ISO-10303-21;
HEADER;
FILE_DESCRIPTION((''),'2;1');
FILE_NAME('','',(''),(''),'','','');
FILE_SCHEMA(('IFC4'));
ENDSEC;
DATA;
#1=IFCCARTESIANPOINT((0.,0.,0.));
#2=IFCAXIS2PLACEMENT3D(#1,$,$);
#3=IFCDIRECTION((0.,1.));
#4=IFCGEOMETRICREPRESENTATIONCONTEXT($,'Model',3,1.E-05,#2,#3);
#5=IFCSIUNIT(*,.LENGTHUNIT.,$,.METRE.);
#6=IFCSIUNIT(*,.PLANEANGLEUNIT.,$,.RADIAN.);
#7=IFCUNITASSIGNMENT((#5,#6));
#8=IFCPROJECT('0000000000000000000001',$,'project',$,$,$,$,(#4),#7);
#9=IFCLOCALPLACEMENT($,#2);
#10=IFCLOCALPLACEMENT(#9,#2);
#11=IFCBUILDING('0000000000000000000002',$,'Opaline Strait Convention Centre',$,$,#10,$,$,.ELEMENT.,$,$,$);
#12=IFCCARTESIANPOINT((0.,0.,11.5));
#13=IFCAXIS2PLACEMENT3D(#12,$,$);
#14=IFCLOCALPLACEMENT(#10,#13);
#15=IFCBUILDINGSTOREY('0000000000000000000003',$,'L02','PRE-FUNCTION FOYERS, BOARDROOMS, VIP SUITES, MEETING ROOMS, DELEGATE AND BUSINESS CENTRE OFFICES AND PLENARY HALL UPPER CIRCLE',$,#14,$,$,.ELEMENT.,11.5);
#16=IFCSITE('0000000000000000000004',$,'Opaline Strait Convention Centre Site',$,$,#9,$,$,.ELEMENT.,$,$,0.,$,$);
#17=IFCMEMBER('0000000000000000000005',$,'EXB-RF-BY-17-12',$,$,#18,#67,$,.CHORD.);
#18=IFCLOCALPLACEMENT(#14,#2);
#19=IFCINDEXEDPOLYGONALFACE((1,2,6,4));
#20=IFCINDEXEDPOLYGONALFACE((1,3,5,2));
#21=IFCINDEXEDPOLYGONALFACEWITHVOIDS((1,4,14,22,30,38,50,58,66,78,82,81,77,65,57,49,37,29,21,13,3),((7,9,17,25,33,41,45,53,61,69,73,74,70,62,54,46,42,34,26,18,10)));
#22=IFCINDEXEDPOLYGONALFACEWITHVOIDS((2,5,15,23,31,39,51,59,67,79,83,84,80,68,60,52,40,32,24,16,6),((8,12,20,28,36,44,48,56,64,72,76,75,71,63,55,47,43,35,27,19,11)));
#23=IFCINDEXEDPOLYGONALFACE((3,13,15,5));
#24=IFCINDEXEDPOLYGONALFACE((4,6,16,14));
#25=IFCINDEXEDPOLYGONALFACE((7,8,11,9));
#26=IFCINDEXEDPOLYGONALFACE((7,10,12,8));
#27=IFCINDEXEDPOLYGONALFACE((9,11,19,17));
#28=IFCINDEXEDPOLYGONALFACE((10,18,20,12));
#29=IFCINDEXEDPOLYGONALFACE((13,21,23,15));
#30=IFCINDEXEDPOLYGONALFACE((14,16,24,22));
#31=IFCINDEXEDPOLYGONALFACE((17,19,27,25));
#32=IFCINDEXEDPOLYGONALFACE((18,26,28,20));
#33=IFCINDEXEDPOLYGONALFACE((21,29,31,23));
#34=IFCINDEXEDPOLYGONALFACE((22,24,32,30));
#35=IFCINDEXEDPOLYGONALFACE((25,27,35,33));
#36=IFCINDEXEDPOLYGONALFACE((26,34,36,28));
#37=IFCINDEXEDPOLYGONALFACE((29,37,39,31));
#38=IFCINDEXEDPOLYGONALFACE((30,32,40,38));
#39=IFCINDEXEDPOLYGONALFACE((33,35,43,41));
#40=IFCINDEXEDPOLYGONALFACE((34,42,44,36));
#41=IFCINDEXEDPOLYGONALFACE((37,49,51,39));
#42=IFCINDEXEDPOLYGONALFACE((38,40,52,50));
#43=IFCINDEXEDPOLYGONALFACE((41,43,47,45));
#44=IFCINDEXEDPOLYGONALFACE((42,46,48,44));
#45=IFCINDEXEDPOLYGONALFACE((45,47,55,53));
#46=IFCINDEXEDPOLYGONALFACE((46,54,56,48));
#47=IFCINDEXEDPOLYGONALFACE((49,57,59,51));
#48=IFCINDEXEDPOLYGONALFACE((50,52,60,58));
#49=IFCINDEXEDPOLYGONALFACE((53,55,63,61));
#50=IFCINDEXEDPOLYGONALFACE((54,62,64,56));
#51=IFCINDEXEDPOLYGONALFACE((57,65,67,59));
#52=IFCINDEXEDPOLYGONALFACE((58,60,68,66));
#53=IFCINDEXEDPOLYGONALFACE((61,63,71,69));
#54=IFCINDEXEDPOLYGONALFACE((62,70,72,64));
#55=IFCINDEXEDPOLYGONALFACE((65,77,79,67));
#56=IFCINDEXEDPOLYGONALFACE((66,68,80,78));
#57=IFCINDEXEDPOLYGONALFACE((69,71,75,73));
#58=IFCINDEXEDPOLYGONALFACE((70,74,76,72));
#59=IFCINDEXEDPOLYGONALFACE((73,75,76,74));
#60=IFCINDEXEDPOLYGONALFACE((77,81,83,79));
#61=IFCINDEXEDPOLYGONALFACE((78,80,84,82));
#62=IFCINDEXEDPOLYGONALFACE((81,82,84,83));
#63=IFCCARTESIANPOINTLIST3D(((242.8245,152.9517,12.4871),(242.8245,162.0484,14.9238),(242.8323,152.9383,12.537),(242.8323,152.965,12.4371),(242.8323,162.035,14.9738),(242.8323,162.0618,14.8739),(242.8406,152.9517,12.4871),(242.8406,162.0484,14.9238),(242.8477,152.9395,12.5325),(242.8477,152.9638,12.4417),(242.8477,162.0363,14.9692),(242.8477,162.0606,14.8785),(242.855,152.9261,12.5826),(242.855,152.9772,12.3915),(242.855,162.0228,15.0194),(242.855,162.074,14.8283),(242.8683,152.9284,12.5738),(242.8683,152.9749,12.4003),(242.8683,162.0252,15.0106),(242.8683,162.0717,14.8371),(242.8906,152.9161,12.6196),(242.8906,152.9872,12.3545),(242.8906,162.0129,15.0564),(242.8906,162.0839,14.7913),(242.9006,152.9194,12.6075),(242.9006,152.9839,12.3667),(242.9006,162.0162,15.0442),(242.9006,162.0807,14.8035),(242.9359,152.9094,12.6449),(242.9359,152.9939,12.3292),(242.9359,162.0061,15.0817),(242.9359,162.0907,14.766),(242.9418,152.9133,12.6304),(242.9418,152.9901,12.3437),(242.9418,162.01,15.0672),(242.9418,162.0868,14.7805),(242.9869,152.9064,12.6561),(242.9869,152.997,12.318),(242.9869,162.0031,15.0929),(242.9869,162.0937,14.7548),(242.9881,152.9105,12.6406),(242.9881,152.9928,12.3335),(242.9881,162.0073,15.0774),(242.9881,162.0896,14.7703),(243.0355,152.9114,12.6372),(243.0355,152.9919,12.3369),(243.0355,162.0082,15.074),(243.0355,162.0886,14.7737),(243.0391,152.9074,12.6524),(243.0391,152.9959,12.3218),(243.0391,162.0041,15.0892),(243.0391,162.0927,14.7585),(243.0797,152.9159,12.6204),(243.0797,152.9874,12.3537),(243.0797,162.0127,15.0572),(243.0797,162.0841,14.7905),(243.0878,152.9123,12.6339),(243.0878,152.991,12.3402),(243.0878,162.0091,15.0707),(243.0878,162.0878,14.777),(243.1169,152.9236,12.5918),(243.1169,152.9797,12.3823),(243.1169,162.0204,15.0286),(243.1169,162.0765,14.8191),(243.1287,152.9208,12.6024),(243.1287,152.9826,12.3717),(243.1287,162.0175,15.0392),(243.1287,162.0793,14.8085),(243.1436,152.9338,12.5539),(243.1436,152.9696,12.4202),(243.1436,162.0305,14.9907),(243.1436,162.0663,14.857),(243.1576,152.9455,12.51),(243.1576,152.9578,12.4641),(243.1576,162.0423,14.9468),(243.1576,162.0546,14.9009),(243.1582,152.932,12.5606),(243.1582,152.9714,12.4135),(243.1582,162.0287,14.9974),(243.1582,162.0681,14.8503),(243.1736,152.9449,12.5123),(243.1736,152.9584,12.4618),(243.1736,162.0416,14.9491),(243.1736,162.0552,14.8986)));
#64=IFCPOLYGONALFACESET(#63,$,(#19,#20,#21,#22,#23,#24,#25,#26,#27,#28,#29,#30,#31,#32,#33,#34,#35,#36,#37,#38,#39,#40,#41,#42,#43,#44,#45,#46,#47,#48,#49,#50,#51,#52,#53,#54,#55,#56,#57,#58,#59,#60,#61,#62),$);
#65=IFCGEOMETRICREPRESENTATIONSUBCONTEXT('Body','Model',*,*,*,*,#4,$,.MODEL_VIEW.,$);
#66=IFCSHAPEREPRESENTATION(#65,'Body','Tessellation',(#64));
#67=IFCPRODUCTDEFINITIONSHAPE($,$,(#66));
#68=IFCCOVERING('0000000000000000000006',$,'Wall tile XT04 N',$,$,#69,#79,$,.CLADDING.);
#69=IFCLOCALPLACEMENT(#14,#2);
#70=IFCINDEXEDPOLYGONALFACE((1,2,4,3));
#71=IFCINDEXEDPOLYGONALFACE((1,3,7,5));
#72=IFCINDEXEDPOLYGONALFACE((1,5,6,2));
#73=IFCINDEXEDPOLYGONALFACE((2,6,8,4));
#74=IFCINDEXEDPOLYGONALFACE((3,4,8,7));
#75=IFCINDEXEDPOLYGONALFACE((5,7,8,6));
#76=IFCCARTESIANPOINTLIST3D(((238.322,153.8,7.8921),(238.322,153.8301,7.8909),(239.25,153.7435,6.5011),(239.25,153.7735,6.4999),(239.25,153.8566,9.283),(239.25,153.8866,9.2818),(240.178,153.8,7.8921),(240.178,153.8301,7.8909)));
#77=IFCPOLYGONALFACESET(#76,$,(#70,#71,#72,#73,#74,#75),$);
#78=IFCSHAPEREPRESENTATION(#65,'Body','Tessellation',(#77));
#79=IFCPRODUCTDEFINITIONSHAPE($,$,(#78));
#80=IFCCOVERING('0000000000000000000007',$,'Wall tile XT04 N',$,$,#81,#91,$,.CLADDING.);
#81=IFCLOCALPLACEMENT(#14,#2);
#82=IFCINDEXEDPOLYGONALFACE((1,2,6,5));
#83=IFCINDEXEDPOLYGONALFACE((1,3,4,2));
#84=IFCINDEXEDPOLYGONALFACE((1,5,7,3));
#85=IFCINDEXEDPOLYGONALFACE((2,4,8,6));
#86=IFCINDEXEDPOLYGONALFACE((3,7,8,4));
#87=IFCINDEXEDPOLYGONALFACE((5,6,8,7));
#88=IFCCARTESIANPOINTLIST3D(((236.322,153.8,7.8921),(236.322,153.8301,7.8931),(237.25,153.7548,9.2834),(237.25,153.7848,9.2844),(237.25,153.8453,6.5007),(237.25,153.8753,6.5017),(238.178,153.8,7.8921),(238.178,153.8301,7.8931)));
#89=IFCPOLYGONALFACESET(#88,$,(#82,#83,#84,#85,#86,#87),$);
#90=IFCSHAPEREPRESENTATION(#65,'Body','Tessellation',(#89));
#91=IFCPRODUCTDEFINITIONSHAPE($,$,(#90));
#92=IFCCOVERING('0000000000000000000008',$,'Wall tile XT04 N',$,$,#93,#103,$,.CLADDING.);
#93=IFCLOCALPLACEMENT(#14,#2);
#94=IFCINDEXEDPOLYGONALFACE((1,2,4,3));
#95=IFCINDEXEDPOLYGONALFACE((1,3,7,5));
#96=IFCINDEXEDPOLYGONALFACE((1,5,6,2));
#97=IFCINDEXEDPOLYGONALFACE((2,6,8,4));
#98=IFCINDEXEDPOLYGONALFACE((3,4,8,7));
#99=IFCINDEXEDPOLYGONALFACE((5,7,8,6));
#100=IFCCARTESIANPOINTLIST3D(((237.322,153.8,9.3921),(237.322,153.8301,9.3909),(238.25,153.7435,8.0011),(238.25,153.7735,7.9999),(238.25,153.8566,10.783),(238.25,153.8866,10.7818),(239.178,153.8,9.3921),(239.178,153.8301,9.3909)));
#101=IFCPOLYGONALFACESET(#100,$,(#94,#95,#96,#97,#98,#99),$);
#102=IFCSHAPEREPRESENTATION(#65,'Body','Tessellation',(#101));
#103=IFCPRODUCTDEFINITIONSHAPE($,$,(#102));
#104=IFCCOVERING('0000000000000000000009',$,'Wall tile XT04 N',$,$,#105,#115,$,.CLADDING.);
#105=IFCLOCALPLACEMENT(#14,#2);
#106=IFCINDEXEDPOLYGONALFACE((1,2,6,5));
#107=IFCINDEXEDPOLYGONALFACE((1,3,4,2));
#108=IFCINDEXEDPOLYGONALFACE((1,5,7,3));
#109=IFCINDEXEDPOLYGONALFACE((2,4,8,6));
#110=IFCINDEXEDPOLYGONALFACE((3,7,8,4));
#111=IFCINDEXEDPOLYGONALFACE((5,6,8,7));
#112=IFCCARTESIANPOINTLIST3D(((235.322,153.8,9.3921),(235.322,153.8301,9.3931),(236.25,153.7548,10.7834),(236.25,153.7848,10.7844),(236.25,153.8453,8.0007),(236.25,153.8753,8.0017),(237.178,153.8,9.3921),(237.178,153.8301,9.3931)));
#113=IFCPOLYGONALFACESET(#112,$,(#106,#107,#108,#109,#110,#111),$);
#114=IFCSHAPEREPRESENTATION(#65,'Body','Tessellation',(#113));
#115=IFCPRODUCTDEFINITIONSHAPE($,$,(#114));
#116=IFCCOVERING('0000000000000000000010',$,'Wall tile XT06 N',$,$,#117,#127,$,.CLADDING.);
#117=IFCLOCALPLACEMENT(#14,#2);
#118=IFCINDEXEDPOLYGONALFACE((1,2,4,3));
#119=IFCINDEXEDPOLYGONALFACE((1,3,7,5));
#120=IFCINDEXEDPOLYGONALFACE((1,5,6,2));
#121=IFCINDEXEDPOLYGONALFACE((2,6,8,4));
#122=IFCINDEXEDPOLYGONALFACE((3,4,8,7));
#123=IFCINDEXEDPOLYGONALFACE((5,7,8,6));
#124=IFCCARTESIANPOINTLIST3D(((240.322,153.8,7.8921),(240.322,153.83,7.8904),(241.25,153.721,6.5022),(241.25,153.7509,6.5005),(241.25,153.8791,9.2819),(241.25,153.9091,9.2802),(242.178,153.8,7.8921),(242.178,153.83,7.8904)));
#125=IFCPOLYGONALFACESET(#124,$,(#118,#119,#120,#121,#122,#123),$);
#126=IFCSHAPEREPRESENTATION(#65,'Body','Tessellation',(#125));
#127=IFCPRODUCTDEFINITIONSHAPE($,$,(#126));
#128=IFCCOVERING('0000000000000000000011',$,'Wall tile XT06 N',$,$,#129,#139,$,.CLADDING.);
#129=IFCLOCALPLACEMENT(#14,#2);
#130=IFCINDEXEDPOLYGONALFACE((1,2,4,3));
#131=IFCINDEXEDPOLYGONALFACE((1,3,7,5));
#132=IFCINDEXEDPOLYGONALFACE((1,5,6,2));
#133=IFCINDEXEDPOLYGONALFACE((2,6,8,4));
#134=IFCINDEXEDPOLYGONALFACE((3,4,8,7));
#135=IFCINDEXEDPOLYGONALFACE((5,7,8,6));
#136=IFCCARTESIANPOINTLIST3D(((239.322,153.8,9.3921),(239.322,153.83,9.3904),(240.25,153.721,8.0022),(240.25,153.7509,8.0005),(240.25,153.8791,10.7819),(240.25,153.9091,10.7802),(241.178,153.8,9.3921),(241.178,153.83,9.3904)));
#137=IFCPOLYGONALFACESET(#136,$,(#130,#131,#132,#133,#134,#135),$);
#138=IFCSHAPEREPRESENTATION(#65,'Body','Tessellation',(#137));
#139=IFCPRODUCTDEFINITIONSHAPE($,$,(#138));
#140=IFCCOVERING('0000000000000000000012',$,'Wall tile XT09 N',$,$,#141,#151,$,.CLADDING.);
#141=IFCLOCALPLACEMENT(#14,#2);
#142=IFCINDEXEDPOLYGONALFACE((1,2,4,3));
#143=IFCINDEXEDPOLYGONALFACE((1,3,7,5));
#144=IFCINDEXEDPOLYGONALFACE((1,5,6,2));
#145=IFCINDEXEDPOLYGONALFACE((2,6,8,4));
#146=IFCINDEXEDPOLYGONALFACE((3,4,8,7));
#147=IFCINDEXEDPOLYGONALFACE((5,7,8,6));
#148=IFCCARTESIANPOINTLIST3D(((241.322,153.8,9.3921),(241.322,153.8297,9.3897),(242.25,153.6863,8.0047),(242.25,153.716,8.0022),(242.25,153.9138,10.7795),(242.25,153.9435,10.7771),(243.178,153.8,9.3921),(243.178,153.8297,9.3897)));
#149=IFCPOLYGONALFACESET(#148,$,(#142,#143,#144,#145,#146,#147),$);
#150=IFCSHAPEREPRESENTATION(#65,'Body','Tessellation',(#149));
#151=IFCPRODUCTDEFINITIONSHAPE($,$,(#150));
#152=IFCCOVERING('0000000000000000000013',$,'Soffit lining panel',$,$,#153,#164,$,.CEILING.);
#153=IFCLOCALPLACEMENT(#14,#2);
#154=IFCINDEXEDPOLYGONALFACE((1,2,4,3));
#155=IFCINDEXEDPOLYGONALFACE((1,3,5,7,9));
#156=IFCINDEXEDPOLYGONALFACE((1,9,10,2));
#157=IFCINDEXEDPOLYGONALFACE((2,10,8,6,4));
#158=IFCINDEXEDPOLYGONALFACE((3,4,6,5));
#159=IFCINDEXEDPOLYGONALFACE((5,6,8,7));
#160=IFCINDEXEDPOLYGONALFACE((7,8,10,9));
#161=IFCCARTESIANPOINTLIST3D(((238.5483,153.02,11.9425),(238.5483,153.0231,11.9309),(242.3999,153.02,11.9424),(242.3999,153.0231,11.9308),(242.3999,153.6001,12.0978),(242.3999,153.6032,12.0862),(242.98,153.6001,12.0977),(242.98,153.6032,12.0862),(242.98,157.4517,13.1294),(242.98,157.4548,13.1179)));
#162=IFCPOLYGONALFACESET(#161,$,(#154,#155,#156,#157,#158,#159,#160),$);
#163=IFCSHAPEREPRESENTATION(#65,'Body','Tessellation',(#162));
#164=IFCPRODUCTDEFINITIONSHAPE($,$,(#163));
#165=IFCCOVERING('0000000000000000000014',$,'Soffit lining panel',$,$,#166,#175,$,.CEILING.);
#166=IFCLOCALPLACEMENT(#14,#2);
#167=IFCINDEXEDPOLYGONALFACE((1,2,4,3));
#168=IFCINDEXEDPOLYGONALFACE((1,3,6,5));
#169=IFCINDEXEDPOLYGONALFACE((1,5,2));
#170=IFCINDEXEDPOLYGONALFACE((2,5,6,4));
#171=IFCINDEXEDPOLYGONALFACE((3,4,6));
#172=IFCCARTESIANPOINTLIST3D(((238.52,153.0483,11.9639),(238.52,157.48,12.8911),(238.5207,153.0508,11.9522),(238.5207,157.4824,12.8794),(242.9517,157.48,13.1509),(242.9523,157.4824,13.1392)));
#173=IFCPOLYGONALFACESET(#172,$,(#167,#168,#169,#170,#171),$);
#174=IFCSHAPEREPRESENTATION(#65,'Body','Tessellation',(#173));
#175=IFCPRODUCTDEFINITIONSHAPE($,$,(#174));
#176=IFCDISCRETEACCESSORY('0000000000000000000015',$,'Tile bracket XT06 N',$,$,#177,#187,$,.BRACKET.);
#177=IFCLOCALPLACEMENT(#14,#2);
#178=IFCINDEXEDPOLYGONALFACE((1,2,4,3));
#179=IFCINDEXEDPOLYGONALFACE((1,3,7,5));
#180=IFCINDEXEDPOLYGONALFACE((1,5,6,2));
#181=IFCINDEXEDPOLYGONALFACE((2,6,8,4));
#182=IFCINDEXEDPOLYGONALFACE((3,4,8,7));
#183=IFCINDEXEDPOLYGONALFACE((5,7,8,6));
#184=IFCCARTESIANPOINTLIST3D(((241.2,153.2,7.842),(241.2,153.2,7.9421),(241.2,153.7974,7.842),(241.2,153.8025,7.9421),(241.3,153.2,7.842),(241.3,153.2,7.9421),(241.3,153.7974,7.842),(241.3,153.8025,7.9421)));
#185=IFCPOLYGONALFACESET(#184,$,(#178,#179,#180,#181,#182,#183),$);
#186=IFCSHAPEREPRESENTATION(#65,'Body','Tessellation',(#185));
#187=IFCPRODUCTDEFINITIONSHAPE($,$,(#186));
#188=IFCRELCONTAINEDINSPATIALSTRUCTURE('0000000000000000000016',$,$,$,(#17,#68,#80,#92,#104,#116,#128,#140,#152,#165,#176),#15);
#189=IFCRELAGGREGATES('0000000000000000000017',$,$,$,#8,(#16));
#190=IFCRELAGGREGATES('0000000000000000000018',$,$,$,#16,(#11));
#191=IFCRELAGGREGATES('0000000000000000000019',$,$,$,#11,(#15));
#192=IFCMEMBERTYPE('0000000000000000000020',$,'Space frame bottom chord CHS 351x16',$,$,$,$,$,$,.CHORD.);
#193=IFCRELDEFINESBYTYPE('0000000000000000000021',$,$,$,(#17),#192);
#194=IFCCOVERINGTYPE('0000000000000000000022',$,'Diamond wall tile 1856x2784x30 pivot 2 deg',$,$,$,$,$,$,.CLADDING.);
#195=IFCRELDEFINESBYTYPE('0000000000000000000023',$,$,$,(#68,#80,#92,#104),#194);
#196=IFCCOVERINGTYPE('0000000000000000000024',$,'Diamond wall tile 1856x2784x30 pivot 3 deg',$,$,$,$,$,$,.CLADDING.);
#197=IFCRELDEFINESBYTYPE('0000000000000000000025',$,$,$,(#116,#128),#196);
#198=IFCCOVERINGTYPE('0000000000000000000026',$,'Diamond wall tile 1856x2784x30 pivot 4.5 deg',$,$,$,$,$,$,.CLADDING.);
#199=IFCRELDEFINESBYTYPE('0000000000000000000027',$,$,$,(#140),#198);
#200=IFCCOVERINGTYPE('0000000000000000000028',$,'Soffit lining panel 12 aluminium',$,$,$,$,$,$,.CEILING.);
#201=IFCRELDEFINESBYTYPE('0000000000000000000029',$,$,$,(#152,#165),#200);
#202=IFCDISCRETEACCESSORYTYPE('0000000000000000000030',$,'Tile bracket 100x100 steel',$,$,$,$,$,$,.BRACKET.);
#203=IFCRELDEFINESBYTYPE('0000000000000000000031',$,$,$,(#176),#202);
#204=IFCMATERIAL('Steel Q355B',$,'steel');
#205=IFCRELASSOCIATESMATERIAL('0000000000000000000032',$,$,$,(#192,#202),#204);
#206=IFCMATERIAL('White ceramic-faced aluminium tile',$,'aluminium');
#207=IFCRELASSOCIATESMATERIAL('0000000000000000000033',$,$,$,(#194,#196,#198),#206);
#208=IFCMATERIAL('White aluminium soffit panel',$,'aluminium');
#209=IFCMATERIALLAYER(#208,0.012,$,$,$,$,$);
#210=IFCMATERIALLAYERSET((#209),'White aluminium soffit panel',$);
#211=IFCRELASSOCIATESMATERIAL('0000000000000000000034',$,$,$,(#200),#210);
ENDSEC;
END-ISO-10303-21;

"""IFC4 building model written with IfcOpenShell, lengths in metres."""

from ifc_helpers import new_model, si_unit, direction, frame, origin, origin_2d, place, context, subcontext, project, spatial, polyline, hollow_circle, outline, extrude, material, layer, layer_set, material_profile, profile_set, type_object, element, save


model = new_model("IFC4")

# Units and contexts
model_context = context("Model", 3, precision=1e-05, world=origin(), true_north=direction((0.0, 1.0)))
body_context = subcontext(model_context, "Body", "Model", "MODEL_VIEW")
ifc_project = project(units=[si_unit("LENGTHUNIT", "METRE"), si_unit("PLANEANGLEUNIT", "RADIAN")], contexts=[model_context])

# Site, building, storey
site_placement = place(None, origin())
site = spatial("IfcSite", under=ifc_project, at=site_placement, Name="Opaline Strait Convention Centre Site", CompositionType="ELEMENT", RefElevation=0.0)
building_placement = place(site_placement, origin())
building = spatial("IfcBuilding", under=site, at=building_placement, Name="Opaline Strait Convention Centre", CompositionType="ELEMENT")
storey_placement = place(building_placement, frame((0.0, 0.0, 11.5)))
storey = spatial("IfcBuildingStorey", under=building, at=storey_placement, Name="L02", Description="PRE-FUNCTION FOYERS, BOARDROOMS, VIP SUITES, MEETING ROOMS, DELEGATE AND BUSINESS CENTRE OFFICES AND PLENARY HALL UPPER CIRCLE", CompositionType="ELEMENT", Elevation=11.5)

# Member
ifc_material_1 = material(Name="Steel Q355B", Category="steel")
ifc_material_profile_1 = material_profile(ifc_material_1, hollow_circle(Radius=0.1755, WallThickness=0.0161, at=origin_2d()), Name="CHS 351x16")
ifc_profile_set_1 = profile_set([ifc_material_profile_1], Name="Steel Q355B")
member_type_1 = type_object("IfcMemberType", Name="Space frame bottom chord CHS 351x16", PredefinedType="CHORD", material=ifc_profile_set_1)
member_1_placement = place(storey_placement, frame((243.0, 152.9517, 12.4871), z_axis=(0.0, 0.965944, 0.258752), x_axis=(-1.0, 0.0, 0.0)))
element("IfcMember", 1, at=member_1_placement, inside=storey, type_object=member_type_1, Name="EXB-RF-BY-17-12", PredefinedType="CHORD", context=body_context, shape_type="SweptSolid", body=[
    extrude(hollow_circle(Radius=0.1755, WallThickness=0.0161, at=origin_2d()), origin(), (0.0, 0.0, 1.0), 9.4175),
])

# Coverings
ifc_material_2 = material(Name="White ceramic-faced aluminium tile", Category="aluminium")
ifc_material_profile_2 = material_profile(ifc_material_2, outline(polyline([(0.928, 0.0), (0.0, 1.3921), (-0.928, 0.0), (0.0, -1.3921), (0.928, 0.0)])), Name="Diamond tile 1856x2784")
ifc_profile_set_2 = profile_set([ifc_material_profile_2], Name="White ceramic-faced aluminium tile")
covering_type_1 = type_object("IfcCoveringType", Name="Diamond wall tile 1856x2784x30 pivot 2 deg", PredefinedType="CLADDING", material=ifc_profile_set_2)
for number, where, z_axis, x_axis, name in (
    (2, (239.25, 153.8, 7.8921), (0.0, 0.999175, -0.040617), (-1.0, 0.0, 0.0), "Wall tile XT04 N"),
    (3, (237.25, 153.8, 7.8921), (0.0, 0.999472, 0.032503), (-1.0, 0.0, 0.0), "Wall tile XT04 N"),
    (4, (238.25, 153.8, 9.3921), (0.0, 0.999175, -0.040617), (-1.0, 0.0, 0.0), "Wall tile XT04 N"),
    (5, (236.25, 153.8, 9.3921), (0.0, 0.999472, 0.032503), (-1.0, 0.0, 0.0), "Wall tile XT04 N"),
):
    element("IfcCovering", number, at=place(storey_placement, frame(where, z_axis=z_axis, x_axis=x_axis)), inside=storey, type_object=covering_type_1, Name=name, PredefinedType="CLADDING", context=body_context, shape_type="SweptSolid", body=[
        extrude(outline(polyline([(0.928, 0.0), (0.0, 1.3921), (-0.928, 0.0), (0.0, -1.3921), (0.928, 0.0)])), origin(), (0.0, 0.0, 1.0), 0.03),
    ])
ifc_material_profile_3 = material_profile(ifc_material_2, outline(polyline([(0.928, 0.0), (0.0, 1.3921), (-0.928, 0.0), (0.0, -1.3921), (0.928, 0.0)])), Name="Diamond tile 1856x2784")
ifc_profile_set_3 = profile_set([ifc_material_profile_3], Name="White ceramic-faced aluminium tile")
covering_type_2 = type_object("IfcCoveringType", Name="Diamond wall tile 1856x2784x30 pivot 3 deg", PredefinedType="CLADDING", material=ifc_profile_set_3)
for number, where, z_axis, x_axis, name in (
    (6, (241.25, 153.8, 7.8921), (0.0, 0.998385, -0.056819), (-1.0, 0.0, 0.0), "Wall tile XT06 N"),
    (7, (240.25, 153.8, 9.3921), (0.0, 0.998385, -0.056819), (-1.0, 0.0, 0.0), "Wall tile XT06 N"),
):
    element("IfcCovering", number, at=place(storey_placement, frame(where, z_axis=z_axis, x_axis=x_axis)), inside=storey, type_object=covering_type_2, Name=name, PredefinedType="CLADDING", context=body_context, shape_type="SweptSolid", body=[
        extrude(outline(polyline([(0.928, 0.0), (0.0, 1.3921), (-0.928, 0.0), (0.0, -1.3921), (0.928, 0.0)])), origin(), (0.0, 0.0, 1.0), 0.03),
    ])
ifc_material_profile_4 = material_profile(ifc_material_2, outline(polyline([(0.928, 0.0), (0.0, 1.3921), (-0.928, 0.0), (0.0, -1.3921), (0.928, 0.0)])), Name="Diamond tile 1856x2784")
ifc_profile_set_4 = profile_set([ifc_material_profile_4], Name="White ceramic-faced aluminium tile")
covering_type_3 = type_object("IfcCoveringType", Name="Diamond wall tile 1856x2784x30 pivot 4.5 deg", PredefinedType="CLADDING", material=ifc_profile_set_4)
covering_1_placement = place(storey_placement, frame((242.25, 153.8, 9.3921), z_axis=(0.0, 0.996658, -0.081693), x_axis=(-1.0, 0.0, 0.0)))
element("IfcCovering", 8, at=covering_1_placement, inside=storey, type_object=covering_type_3, Name="Wall tile XT09 N", PredefinedType="CLADDING", context=body_context, shape_type="SweptSolid", body=[
    extrude(outline(polyline([(0.928, 0.0), (0.0, 1.3921), (-0.928, 0.0), (0.0, -1.3921), (0.928, 0.0)])), origin(), (0.0, 0.0, 1.0), 0.0298),
])
ifc_material_3 = material(Name="White aluminium soffit panel", Category="aluminium")
ifc_layer = layer(ifc_material_3, 0.012)
ifc_layer_set = layer_set([ifc_layer], Name="White aluminium soffit panel")
covering_type_4 = type_object("IfcCoveringType", Name="Soffit lining panel 12 aluminium", PredefinedType="CEILING", material=ifc_layer_set)
covering_2_placement = place(storey_placement, frame((242.3999, 153.02, 11.9424), z_axis=(0.000023, -0.258735, 0.965948), x_axis=(-1.0, -0.000006, 0.000022)))
element("IfcCovering", 9, at=covering_2_placement, inside=storey, type_object=covering_type_4, Name="Soffit lining panel", PredefinedType="CEILING", context=body_context, shape_type="SweptSolid", body=[
    extrude(outline(polyline([(0.0, 0.0), (3.8516, 0.0), (-0.5801, -4.5879), (-0.5801, -0.6005), (0.0, -0.6005), (0.0, 0.0)])), origin(), (0.0, 0.0, -1.0), 0.012),
])
covering_3_placement = place(storey_placement, frame((238.52, 153.0483, 11.9639), z_axis=(-0.05728, -0.204462, 0.977197), x_axis=(0.0, 0.978804, 0.204798)))
element("IfcCovering", 10, at=covering_3_placement, inside=storey, type_object=covering_type_4, Name="Soffit lining panel", PredefinedType="CEILING", context=body_context, shape_type="SweptSolid", body=[
    extrude(outline(polyline([(0.0, 0.0), (4.5276, 0.0), (4.5808, -4.4389), (0.0, 0.0)])), origin(), (0.0, 0.0, -1.0), 0.012),
])

# Discrete accessory
discrete_accessory_type = type_object("IfcDiscreteAccessoryType", Name="Tile bracket 100x100 steel", PredefinedType="BRACKET", material=ifc_material_1)
discrete_accessory_1_placement = place(storey_placement, frame((241.3, 153.2, 7.8921), z_axis=(-1.0, 0.0, 0.0), x_axis=(0.0, -1.0, 0.0)))
element("IfcDiscreteAccessory", 11, at=discrete_accessory_1_placement, inside=storey, type_object=discrete_accessory_type, Name="Tile bracket XT06 N", PredefinedType="BRACKET", context=body_context, shape_type="SweptSolid", body=[
    extrude(outline(polyline([(0.0, -0.05), (0.0, 0.05), (-0.6025, 0.05), (-0.5974, -0.05), (0.0, -0.05)])), origin(), (0.0, 0.0, 1.0), 0.1001),
])

save(model, "model.ifc")
